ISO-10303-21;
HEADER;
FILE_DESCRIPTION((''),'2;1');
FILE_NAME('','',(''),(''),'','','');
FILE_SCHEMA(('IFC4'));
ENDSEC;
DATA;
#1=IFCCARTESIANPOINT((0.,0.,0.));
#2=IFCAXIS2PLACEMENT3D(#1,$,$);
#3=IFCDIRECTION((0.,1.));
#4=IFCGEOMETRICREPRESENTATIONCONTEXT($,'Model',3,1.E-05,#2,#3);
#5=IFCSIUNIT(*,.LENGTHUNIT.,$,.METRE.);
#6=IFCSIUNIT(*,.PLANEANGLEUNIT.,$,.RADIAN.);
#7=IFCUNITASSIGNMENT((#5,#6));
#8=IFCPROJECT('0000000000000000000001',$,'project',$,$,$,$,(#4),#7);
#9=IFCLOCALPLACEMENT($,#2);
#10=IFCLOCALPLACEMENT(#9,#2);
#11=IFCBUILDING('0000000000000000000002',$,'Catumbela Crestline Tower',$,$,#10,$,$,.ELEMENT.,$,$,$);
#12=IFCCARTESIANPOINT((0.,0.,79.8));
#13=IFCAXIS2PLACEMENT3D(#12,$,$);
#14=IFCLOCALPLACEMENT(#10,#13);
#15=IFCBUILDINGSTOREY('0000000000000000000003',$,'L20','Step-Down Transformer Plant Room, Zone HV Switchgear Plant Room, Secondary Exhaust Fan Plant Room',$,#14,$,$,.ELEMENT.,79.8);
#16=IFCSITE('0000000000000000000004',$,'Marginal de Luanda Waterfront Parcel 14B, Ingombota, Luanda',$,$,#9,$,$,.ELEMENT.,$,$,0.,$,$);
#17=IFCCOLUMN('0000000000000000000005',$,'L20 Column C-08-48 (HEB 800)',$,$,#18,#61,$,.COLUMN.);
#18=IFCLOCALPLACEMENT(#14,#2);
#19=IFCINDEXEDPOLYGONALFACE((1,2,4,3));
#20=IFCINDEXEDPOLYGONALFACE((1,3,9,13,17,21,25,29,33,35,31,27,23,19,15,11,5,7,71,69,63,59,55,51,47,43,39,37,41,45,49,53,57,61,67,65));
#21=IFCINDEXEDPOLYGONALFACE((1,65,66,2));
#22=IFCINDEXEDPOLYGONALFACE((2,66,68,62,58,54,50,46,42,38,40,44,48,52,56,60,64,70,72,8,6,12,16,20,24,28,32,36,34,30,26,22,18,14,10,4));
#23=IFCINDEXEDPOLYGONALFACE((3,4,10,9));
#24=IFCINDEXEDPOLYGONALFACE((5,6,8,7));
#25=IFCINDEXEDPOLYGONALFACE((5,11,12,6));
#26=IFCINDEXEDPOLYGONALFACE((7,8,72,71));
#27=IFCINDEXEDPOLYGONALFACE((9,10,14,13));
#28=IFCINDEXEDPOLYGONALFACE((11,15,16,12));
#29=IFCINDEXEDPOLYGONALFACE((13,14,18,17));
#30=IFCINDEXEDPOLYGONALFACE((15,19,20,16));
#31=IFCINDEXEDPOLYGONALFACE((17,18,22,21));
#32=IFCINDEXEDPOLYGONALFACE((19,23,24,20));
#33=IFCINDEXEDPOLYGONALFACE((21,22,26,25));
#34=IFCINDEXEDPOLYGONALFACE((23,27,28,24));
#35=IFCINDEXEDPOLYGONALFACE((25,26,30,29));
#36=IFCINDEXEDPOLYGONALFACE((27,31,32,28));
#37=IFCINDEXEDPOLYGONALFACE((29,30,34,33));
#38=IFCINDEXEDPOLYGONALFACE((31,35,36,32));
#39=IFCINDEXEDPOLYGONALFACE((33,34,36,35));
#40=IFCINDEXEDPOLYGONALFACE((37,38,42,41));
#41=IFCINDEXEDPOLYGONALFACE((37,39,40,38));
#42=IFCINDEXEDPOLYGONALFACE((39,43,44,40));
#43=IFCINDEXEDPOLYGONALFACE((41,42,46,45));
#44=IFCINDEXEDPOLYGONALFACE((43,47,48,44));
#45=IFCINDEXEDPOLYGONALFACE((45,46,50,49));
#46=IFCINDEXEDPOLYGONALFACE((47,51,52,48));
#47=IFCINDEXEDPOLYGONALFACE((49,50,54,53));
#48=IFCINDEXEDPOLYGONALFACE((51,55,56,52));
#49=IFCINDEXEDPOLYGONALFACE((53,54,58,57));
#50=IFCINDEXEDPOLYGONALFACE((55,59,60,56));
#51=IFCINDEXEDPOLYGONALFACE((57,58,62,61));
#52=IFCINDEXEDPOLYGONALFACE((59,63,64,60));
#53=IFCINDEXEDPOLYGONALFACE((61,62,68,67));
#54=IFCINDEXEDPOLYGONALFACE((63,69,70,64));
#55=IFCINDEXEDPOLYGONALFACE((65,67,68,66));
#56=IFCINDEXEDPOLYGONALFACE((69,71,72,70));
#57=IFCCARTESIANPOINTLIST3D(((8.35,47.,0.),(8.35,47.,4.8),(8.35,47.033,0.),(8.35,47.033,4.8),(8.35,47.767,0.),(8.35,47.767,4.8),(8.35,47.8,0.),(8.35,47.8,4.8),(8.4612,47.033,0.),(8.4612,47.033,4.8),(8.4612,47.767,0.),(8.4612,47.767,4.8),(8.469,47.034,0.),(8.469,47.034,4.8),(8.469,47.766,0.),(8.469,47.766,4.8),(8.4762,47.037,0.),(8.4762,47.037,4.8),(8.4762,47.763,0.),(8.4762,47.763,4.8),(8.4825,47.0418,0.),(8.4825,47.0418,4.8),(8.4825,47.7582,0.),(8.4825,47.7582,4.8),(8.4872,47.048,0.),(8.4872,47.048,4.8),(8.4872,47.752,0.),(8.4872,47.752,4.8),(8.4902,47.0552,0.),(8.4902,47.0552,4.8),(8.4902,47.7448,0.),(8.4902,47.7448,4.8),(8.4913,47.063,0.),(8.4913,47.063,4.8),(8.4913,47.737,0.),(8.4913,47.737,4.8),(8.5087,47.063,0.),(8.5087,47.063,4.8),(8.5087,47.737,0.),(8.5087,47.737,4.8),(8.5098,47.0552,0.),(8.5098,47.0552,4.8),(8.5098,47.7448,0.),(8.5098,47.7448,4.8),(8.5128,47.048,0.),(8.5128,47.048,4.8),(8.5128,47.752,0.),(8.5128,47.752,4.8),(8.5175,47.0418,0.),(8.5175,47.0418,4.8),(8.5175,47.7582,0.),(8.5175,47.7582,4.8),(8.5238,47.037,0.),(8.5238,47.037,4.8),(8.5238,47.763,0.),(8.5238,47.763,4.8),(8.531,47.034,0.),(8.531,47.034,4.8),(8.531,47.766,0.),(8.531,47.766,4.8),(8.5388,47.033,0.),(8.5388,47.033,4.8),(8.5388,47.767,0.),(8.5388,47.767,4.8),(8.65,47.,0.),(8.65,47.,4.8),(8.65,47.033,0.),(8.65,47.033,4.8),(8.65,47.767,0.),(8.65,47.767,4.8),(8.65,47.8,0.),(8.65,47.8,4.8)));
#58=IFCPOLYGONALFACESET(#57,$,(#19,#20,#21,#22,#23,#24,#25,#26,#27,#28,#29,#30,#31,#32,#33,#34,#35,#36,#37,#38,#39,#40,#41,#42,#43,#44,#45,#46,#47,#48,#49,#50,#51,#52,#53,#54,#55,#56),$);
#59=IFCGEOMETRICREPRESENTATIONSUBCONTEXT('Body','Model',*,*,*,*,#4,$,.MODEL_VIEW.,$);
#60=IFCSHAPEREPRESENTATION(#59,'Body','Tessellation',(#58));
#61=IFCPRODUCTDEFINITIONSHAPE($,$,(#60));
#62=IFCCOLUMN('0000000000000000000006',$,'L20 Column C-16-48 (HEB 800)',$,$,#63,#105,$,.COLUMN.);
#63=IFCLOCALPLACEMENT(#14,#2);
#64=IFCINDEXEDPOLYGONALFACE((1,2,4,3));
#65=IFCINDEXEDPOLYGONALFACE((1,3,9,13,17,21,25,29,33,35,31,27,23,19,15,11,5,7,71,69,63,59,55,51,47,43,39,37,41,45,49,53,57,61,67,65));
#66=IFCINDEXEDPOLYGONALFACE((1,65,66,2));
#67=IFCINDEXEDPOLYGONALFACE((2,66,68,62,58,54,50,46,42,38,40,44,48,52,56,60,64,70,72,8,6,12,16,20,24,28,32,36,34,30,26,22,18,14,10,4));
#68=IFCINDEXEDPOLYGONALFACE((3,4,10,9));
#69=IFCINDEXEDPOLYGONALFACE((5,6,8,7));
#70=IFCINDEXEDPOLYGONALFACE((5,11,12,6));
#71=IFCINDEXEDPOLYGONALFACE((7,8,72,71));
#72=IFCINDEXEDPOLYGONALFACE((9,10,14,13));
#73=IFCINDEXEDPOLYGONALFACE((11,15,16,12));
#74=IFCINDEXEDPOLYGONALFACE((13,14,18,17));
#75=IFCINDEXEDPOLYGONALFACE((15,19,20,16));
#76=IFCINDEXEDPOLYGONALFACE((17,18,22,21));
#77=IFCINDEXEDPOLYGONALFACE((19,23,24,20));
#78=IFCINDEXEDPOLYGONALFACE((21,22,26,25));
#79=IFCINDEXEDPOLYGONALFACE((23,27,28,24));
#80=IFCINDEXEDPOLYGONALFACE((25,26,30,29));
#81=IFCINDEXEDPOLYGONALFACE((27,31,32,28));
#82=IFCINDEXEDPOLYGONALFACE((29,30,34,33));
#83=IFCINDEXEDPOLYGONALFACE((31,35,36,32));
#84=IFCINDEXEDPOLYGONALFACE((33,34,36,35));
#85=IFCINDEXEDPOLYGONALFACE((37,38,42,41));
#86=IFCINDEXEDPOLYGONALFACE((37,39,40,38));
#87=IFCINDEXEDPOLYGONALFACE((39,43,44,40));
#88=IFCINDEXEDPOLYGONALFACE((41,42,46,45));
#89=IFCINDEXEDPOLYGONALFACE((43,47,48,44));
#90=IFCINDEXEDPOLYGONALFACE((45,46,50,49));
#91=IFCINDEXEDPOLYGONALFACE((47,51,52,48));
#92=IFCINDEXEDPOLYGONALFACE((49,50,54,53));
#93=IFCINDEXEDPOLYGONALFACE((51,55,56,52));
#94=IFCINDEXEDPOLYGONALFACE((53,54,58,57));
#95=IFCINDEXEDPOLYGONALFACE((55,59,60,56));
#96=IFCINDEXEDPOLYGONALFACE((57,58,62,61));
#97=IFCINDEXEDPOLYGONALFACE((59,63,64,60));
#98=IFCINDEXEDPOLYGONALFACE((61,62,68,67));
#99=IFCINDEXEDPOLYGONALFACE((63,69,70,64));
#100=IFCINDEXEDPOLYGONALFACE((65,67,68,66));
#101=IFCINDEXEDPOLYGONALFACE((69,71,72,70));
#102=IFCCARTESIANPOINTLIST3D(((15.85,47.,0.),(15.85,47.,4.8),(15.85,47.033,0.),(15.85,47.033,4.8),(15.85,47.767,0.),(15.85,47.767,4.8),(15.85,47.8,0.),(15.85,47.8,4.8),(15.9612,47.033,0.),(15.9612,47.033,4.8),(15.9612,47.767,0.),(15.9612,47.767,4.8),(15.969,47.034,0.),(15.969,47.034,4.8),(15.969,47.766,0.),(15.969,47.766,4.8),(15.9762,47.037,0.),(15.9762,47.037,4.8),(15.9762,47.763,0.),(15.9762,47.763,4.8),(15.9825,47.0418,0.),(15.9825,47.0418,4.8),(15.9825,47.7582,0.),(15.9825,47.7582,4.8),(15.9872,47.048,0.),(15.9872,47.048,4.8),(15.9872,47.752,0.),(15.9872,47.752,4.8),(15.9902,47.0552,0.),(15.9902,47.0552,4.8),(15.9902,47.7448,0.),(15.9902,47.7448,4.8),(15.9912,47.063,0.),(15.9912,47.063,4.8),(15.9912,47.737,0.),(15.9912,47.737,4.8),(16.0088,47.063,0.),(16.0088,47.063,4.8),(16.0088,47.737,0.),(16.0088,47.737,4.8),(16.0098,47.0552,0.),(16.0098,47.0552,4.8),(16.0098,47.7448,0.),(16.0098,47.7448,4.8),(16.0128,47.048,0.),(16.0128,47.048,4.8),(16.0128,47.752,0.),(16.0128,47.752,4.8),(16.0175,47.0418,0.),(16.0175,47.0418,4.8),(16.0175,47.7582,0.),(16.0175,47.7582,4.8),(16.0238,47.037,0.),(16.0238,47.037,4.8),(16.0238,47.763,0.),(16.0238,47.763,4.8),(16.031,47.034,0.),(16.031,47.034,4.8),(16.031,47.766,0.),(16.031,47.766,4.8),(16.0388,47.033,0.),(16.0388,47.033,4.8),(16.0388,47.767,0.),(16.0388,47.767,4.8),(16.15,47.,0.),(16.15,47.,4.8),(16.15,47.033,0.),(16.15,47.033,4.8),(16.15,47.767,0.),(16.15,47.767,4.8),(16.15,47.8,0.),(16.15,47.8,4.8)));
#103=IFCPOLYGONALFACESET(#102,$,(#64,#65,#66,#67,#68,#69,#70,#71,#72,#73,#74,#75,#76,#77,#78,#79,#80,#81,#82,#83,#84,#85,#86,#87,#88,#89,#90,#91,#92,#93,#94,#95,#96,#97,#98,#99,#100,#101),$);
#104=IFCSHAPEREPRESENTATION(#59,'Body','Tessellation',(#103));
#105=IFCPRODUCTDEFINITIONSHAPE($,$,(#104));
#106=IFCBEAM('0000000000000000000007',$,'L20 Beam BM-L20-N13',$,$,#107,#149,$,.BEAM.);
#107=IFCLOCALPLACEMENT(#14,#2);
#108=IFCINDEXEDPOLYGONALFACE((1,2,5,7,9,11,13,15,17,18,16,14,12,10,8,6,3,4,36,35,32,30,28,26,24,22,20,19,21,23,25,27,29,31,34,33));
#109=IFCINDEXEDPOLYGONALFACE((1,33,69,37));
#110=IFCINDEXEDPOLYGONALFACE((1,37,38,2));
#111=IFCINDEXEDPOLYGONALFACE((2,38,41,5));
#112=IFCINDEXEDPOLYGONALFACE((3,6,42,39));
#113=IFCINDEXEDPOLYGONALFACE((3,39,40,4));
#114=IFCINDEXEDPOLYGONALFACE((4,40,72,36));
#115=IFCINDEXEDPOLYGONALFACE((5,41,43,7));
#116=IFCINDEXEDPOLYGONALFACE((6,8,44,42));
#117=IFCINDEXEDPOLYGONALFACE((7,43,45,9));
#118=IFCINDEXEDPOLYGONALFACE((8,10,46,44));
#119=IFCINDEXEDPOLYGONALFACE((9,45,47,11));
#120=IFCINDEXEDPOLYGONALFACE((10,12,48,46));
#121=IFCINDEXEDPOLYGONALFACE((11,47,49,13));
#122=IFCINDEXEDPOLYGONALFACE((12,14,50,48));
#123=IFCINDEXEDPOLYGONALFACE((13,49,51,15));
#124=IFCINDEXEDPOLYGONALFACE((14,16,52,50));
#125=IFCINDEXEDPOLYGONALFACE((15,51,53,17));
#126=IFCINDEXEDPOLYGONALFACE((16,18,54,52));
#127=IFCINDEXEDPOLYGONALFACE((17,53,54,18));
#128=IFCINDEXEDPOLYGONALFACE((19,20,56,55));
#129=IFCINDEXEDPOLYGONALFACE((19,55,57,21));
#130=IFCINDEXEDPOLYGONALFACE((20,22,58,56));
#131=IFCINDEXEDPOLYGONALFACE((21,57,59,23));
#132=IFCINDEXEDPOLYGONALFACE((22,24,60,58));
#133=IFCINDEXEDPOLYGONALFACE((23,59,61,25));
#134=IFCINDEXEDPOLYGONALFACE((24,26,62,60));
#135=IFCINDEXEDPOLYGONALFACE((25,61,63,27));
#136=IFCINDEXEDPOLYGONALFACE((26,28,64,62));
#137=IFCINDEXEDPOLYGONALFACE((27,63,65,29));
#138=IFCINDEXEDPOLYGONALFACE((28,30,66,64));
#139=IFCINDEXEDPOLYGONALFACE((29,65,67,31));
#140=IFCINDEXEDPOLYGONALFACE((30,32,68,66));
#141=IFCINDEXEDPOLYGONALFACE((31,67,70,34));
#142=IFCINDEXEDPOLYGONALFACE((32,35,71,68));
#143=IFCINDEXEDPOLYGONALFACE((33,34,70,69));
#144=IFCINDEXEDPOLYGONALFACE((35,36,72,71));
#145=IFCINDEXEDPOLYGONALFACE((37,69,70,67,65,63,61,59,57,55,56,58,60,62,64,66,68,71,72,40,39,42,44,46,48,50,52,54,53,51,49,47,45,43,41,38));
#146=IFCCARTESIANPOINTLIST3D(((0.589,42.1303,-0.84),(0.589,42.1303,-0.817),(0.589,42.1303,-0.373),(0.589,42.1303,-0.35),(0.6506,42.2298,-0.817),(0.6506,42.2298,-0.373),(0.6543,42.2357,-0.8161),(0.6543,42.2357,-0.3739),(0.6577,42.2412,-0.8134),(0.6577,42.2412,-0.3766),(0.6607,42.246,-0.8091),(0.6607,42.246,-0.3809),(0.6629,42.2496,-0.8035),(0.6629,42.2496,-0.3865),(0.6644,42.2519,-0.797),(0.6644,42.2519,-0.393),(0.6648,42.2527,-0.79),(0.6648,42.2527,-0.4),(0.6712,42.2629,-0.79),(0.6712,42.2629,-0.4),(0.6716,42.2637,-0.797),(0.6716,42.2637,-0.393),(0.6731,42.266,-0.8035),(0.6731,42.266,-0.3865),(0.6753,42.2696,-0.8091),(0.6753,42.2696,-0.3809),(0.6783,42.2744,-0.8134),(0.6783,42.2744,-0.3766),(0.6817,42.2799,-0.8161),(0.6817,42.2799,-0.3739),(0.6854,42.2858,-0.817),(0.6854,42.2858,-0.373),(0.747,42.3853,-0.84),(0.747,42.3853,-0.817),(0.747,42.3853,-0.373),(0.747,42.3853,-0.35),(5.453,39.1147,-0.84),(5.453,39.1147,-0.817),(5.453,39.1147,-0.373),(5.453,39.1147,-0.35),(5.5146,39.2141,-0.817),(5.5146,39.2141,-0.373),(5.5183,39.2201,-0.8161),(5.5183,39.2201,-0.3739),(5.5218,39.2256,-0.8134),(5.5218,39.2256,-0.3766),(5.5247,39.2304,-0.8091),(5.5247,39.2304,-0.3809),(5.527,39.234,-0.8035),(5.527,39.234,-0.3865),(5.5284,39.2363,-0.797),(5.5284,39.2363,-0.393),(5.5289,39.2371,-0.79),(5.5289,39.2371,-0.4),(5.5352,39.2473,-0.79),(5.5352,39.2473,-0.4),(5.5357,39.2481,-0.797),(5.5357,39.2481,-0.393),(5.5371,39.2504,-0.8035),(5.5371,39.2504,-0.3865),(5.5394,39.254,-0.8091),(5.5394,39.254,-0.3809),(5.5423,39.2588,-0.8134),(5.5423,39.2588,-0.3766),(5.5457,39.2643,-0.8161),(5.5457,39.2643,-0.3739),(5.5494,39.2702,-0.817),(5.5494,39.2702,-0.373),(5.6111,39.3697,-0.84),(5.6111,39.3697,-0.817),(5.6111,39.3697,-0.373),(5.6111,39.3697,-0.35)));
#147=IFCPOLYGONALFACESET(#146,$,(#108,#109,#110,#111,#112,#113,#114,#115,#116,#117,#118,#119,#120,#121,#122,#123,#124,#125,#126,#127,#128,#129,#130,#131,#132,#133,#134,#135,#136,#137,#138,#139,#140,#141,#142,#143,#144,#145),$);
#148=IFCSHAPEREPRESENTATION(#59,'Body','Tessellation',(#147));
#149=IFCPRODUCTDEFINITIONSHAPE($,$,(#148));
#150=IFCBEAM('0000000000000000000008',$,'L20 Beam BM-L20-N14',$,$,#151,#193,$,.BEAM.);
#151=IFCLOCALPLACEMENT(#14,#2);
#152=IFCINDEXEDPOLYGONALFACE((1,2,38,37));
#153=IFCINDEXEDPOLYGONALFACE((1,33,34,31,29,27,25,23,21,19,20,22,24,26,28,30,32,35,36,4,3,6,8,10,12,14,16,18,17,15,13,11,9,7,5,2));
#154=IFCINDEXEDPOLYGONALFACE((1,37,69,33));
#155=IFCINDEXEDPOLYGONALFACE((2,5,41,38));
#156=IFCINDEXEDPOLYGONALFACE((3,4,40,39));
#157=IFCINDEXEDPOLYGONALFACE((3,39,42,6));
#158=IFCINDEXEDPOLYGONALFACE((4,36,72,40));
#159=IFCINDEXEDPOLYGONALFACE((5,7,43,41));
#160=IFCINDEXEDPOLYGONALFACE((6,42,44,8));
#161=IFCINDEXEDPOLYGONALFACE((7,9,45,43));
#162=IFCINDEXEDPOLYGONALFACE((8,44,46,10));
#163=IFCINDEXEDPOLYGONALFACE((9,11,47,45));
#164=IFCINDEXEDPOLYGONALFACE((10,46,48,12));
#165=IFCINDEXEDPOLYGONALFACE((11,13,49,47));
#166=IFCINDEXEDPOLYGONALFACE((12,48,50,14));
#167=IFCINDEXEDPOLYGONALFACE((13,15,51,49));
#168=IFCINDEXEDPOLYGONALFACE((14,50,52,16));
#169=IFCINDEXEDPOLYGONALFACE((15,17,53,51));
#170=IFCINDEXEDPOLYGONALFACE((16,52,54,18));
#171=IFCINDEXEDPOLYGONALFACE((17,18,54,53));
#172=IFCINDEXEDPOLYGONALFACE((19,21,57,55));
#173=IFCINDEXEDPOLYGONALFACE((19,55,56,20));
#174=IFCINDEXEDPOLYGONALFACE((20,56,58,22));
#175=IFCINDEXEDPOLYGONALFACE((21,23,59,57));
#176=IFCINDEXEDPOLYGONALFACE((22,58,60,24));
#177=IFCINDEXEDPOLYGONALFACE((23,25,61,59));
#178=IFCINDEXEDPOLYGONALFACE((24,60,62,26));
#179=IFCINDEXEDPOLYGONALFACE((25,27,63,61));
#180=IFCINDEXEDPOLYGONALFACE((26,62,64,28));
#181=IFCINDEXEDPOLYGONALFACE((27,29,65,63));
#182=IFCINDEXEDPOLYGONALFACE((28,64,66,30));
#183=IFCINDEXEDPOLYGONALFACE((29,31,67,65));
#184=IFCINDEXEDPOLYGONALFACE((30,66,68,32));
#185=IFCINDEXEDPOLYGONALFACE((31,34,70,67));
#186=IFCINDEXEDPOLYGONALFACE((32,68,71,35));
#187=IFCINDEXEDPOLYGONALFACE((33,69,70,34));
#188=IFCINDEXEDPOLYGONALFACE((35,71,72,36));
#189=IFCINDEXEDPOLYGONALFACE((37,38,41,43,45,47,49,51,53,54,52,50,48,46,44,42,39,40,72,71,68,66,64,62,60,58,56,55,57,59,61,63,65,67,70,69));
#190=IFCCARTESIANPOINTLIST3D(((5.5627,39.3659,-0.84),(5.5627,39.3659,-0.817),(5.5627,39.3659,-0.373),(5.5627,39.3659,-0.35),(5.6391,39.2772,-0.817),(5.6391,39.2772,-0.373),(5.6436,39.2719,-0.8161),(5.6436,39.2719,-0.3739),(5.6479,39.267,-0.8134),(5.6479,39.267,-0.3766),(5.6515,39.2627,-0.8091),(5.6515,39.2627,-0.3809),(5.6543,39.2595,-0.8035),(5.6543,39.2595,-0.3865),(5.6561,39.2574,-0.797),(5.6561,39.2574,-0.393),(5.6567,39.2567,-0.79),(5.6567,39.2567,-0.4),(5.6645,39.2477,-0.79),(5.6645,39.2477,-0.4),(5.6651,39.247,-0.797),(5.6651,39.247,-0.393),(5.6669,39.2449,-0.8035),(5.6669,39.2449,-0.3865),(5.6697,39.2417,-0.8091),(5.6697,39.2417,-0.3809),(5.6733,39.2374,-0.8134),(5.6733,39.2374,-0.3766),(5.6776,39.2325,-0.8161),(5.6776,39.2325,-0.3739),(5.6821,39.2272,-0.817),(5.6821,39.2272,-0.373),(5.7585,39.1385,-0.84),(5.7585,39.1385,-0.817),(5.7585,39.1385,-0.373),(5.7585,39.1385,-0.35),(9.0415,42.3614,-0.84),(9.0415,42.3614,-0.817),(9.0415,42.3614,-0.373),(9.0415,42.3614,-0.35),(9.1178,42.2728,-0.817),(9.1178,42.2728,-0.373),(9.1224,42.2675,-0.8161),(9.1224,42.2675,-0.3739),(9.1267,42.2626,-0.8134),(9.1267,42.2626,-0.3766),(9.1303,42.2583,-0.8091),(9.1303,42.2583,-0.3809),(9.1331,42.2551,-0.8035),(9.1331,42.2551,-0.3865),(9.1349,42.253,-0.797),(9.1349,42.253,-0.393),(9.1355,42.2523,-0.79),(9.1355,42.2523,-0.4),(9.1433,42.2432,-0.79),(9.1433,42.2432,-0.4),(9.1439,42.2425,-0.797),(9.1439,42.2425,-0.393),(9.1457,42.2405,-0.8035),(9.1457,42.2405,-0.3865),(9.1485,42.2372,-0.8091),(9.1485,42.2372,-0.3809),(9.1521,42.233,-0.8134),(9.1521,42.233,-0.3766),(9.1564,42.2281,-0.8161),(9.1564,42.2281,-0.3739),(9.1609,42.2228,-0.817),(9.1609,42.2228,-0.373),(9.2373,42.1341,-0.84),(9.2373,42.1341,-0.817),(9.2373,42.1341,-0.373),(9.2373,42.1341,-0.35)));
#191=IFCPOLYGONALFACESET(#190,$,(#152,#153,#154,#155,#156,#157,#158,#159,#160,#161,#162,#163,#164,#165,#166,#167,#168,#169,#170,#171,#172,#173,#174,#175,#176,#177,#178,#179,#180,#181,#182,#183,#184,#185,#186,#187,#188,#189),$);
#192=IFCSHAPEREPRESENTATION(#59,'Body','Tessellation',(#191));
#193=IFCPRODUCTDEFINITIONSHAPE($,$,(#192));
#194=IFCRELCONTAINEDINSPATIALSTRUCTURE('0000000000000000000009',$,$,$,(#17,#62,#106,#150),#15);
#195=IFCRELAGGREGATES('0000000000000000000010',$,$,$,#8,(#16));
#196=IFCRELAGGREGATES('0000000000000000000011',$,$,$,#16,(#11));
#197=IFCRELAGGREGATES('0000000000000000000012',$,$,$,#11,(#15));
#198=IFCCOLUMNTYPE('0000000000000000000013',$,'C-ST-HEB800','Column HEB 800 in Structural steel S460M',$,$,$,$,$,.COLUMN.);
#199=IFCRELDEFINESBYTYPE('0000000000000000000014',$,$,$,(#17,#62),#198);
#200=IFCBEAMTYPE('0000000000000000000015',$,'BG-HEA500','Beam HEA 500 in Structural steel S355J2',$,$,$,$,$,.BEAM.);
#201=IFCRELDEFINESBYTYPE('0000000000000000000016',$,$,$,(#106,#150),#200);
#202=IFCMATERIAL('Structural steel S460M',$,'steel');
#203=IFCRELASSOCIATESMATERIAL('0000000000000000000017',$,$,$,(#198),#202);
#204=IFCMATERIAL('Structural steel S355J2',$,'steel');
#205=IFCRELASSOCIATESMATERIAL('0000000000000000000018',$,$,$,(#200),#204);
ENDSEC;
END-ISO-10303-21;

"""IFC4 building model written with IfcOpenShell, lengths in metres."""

from ifc_helpers import new_model, si_unit, direction, frame, origin, origin_2d, place, context, subcontext, project, spatial, i_section, extrude, material, material_profile, profile_set, type_object, element, save


model = new_model("IFC4")

# Units and contexts
model_context = context("Model", 3, precision=1e-05, world=origin(), true_north=direction((0.0, 1.0)))
body_context = subcontext(model_context, "Body", "Model", "MODEL_VIEW")
ifc_project = project(units=[si_unit("LENGTHUNIT", "METRE"), si_unit("PLANEANGLEUNIT", "RADIAN")], contexts=[model_context])

# Site, building, storey
site_placement = place(None, origin())
site = spatial("IfcSite", under=ifc_project, at=site_placement, Name="Marginal de Luanda Waterfront Parcel 14B, Ingombota, Luanda", CompositionType="ELEMENT", RefElevation=0.0)
building_placement = place(site_placement, origin())
building = spatial("IfcBuilding", under=site, at=building_placement, Name="Catumbela Crestline Tower", CompositionType="ELEMENT")
storey_placement = place(building_placement, frame((0.0, 0.0, 79.8)))
storey = spatial("IfcBuildingStorey", under=building, at=storey_placement, Name="L20", Description="Step-Down Transformer Plant Room, Zone HV Switchgear Plant Room, Secondary Exhaust Fan Plant Room", CompositionType="ELEMENT", Elevation=79.8)

# Columns
ifc_material_1 = material(Name="Structural steel S460M", Category="steel")
ifc_material_profile_1 = material_profile(ifc_material_1, i_section(OverallWidth=0.3, OverallDepth=0.8, WebThickness=0.0175, FlangeThickness=0.033, FilletRadius=0.03, at=origin_2d()), Name="HEB 800")
ifc_profile_set_1 = profile_set([ifc_material_profile_1], Name="Structural steel S460M")
column_type = type_object("IfcColumnType", Name="C-ST-HEB800", Description="Column HEB 800 in Structural steel S460M", PredefinedType="COLUMN", material=ifc_profile_set_1)
for number, where, z_axis, x_axis, name in (
    (1, (8.5, 47.4, 0.0), (0.0, 0.0, 1.0), (1.0, 0.0, 0.0), "L20 Column C-08-48 (HEB 800)"),
    (2, (16.0, 47.4, 0.0), (0.0, 0.0, 1.0), (1.0, 0.0, 0.0), "L20 Column C-16-48 (HEB 800)"),
):
    element("IfcColumn", number, at=place(storey_placement, frame(where, z_axis=z_axis, x_axis=x_axis)), inside=storey, type_object=column_type, Name=name, PredefinedType="COLUMN", context=body_context, shape_type="SweptSolid", body=[
        extrude(i_section(OverallWidth=0.3, OverallDepth=0.8, WebThickness=0.0175, FlangeThickness=0.033, FilletRadius=0.03, at=origin_2d()), origin(), (0.0, 0.0, 1.0), 4.8),
    ])

# Beams
ifc_material_2 = material(Name="Structural steel S355J2", Category="steel")
ifc_material_profile_2 = material_profile(ifc_material_2, i_section(OverallWidth=0.3, OverallDepth=0.49, WebThickness=0.012, FlangeThickness=0.023, FilletRadius=0.027, at=origin_2d()), Name="HEA 500")
ifc_profile_set_2 = profile_set([ifc_material_profile_2], Name="Structural steel S355J2")
beam_type_1 = type_object("IfcBeamType", Name="BG-HEA500", Description="Beam HEA 500 in Structural steel S355J2", PredefinedType="BEAM", material=ifc_profile_set_2)
beam_1_placement = place(storey_placement, frame((0.668, 42.2578, -0.595), z_axis=(0.849909, -0.52693, 0.0), x_axis=(0.52693, 0.849909, 0.0)))
element("IfcBeam", 3, at=beam_1_placement, inside=storey, type_object=beam_type_1, Name="L20 Beam BM-L20-N13", PredefinedType="BEAM", context=body_context, shape_type="SweptSolid", body=[
    extrude(i_section(OverallWidth=0.3, OverallDepth=0.49, WebThickness=0.012, FlangeThickness=0.023, FilletRadius=0.027, at=origin_2d()), origin(), (0.0, 0.0, 1.0), 5.723),
])
beam_2_placement = place(storey_placement, frame((5.6606, 39.2522, -0.595), z_axis=(0.757772, 0.652519, 0.0), x_axis=(-0.652519, 0.757772, 0.0)))
element("IfcBeam", 4, at=beam_2_placement, inside=storey, type_object=beam_type_1, Name="L20 Beam BM-L20-N14", PredefinedType="BEAM", context=body_context, shape_type="SweptSolid", body=[
    extrude(i_section(OverallWidth=0.3, OverallDepth=0.49, WebThickness=0.012, FlangeThickness=0.023, FilletRadius=0.027, at=origin_2d()), origin(), (0.0, 0.0, 1.0), 4.5908),
])

save(model, "model.ifc")
